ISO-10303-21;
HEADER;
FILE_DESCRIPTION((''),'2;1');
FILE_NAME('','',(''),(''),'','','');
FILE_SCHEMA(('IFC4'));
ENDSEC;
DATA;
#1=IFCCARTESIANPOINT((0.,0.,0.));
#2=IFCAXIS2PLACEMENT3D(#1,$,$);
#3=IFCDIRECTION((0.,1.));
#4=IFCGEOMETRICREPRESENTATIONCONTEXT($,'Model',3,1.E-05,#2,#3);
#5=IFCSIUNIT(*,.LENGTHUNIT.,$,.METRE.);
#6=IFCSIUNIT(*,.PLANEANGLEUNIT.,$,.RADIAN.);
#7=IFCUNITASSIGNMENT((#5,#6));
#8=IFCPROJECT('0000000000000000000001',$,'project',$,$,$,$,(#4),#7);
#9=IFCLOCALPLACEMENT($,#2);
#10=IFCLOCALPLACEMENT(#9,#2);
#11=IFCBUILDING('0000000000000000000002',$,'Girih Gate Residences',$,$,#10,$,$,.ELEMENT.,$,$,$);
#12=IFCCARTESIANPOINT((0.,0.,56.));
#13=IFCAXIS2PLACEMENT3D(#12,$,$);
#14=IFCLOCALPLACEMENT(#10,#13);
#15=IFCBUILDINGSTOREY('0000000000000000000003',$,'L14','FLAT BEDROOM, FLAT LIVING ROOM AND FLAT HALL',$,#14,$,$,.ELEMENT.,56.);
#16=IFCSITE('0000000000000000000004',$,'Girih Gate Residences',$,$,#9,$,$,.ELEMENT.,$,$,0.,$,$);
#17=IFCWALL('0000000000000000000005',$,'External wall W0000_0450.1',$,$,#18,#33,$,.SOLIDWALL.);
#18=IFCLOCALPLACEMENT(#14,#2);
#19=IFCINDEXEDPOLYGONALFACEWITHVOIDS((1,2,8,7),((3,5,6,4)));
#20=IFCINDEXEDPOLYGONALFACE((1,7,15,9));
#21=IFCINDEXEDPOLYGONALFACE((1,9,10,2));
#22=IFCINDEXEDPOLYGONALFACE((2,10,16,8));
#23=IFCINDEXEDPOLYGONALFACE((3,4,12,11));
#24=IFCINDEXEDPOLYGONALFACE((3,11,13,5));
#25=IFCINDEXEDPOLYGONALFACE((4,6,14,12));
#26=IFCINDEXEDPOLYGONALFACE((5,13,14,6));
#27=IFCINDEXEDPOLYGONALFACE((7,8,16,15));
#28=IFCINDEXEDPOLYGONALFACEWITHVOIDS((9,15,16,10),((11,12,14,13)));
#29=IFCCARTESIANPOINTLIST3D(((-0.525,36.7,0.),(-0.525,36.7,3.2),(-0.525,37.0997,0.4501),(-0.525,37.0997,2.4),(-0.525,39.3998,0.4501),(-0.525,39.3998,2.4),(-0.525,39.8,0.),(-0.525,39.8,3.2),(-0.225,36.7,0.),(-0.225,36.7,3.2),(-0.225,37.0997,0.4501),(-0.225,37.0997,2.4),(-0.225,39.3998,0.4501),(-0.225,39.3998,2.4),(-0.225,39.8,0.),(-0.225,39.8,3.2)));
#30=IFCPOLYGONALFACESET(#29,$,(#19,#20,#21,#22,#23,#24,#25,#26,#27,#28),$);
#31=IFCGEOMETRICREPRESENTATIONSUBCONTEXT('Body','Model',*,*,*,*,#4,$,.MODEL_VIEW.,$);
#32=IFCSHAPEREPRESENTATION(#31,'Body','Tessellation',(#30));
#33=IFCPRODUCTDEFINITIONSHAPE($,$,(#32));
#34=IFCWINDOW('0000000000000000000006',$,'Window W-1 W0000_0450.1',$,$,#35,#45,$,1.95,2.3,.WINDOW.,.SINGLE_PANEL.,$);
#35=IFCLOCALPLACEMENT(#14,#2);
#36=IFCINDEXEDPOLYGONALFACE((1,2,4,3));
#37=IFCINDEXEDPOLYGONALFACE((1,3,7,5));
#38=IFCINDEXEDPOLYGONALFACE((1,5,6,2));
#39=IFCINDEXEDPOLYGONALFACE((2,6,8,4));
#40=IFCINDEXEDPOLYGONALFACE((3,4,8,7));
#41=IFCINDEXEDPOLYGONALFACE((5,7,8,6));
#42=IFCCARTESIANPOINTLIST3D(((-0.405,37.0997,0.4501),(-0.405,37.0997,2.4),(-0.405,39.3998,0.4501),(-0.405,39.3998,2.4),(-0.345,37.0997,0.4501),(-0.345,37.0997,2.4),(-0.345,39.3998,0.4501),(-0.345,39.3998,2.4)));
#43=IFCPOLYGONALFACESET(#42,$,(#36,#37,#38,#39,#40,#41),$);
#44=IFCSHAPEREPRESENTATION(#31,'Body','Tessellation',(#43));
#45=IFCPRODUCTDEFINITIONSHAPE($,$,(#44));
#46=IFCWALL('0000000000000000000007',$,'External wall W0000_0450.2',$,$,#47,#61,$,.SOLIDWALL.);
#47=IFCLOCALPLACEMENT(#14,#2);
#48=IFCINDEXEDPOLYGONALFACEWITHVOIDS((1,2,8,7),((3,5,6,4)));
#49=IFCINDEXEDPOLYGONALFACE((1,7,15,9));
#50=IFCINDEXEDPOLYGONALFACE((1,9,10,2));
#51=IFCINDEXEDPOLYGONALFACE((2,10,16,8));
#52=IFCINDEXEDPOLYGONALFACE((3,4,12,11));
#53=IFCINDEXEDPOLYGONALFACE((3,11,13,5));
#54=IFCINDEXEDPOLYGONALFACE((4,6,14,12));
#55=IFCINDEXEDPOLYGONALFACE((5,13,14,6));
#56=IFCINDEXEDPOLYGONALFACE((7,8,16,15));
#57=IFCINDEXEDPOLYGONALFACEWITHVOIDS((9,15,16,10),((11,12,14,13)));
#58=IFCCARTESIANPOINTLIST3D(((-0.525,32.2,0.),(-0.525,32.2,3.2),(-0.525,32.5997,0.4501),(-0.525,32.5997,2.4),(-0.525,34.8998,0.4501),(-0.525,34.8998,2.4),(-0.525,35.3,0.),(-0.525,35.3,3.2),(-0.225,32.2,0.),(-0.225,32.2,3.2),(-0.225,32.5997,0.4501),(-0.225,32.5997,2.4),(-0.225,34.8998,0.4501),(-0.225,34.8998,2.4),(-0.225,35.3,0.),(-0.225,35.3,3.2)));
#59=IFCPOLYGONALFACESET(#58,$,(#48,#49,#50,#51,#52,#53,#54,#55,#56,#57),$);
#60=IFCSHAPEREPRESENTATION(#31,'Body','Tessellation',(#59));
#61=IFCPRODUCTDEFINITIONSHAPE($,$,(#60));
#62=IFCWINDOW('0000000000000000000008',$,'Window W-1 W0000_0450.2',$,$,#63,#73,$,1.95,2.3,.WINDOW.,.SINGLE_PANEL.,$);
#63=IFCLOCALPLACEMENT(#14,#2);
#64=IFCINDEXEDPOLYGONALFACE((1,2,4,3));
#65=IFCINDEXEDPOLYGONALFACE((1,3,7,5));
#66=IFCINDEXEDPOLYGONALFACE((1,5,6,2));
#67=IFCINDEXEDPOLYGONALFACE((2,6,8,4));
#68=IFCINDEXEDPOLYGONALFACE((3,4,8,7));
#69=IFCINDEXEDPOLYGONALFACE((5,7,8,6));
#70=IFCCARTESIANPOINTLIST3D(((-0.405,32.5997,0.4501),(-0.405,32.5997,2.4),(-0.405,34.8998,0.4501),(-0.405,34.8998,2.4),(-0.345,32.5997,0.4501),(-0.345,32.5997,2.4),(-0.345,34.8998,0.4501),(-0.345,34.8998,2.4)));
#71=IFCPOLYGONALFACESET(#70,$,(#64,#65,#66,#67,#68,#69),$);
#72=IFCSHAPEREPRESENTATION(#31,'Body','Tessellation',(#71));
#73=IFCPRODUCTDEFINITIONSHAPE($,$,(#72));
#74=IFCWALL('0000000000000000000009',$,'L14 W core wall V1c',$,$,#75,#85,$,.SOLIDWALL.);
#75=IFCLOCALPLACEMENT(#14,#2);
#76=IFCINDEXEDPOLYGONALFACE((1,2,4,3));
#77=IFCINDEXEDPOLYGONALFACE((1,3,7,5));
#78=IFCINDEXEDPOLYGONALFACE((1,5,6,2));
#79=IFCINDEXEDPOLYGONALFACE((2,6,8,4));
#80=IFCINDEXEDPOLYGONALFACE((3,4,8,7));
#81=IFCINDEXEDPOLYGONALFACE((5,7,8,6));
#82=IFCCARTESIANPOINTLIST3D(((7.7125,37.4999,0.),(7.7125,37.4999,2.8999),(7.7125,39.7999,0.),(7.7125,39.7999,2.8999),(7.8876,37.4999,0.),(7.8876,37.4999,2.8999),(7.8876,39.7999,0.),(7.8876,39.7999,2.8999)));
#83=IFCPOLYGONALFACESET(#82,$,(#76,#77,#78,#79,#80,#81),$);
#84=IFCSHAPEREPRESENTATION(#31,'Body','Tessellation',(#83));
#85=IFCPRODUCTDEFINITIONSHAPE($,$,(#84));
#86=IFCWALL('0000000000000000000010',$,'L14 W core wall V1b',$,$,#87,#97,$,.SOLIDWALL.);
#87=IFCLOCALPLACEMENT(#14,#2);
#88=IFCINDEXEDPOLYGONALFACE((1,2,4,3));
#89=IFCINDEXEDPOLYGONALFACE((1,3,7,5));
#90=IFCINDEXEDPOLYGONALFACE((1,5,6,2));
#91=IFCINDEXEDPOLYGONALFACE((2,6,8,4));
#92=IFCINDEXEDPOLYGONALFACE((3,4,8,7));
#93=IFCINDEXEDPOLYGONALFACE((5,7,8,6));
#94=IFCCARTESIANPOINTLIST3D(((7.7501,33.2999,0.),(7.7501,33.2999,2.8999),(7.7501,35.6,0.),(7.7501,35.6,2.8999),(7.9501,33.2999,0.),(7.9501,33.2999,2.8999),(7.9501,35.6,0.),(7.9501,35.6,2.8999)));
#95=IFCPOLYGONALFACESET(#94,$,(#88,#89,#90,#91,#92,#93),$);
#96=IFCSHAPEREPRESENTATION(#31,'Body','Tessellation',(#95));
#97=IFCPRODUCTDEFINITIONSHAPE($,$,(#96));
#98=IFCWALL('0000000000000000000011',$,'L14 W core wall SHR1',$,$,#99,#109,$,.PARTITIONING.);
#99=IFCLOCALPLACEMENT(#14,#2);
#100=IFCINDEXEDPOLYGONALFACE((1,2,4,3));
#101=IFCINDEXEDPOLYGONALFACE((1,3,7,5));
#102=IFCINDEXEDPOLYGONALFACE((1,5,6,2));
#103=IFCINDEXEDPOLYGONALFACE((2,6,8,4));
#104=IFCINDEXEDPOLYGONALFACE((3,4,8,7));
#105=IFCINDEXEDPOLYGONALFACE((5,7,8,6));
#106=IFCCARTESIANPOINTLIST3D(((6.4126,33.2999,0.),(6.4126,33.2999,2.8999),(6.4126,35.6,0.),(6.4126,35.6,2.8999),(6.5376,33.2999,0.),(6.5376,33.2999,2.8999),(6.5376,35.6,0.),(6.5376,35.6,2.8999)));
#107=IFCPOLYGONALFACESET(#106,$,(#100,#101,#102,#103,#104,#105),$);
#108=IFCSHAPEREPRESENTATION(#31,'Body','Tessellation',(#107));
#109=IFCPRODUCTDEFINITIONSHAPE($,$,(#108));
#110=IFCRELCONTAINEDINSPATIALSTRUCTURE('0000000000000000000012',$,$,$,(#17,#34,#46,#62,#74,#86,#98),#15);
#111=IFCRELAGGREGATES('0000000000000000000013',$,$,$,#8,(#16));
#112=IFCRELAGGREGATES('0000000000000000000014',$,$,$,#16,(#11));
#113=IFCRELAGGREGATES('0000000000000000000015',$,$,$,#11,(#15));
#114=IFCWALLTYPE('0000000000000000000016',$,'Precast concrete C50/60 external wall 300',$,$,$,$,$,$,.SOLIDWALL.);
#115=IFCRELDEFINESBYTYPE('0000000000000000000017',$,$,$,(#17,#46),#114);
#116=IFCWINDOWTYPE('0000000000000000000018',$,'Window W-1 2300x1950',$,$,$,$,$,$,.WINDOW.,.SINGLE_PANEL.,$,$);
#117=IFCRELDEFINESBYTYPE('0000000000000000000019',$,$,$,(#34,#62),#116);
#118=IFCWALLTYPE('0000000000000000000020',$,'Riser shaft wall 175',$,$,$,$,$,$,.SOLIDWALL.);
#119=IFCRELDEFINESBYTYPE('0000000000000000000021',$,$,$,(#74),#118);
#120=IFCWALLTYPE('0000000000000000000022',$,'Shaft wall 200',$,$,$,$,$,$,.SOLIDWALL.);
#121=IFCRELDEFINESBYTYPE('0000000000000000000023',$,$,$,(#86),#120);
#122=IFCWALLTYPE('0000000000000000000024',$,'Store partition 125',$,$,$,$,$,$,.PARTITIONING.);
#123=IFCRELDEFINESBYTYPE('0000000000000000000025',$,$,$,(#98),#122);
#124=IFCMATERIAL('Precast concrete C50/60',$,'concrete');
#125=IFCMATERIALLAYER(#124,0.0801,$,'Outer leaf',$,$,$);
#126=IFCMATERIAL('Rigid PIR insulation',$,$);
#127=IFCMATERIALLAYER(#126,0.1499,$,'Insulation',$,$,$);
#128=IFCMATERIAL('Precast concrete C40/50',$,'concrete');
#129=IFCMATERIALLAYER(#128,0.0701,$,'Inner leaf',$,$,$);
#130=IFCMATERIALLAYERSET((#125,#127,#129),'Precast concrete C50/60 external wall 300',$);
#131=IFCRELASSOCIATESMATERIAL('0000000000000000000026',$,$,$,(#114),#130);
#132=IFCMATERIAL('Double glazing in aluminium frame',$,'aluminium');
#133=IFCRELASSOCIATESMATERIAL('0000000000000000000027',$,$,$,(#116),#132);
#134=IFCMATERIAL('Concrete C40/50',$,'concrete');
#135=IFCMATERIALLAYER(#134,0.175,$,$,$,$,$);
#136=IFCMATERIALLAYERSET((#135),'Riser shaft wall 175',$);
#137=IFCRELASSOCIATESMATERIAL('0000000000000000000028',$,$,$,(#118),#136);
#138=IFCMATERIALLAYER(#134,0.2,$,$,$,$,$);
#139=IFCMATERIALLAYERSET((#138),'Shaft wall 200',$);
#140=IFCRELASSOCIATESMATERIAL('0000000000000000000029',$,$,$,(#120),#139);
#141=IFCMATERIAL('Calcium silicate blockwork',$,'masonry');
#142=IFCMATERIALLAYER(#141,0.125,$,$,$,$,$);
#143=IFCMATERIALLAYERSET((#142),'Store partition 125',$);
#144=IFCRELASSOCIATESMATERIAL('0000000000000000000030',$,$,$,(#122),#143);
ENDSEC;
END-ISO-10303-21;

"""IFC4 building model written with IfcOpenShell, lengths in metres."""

from ifc_helpers import new_model, si_unit, direction, frame, frame_2d, origin, place, context, subcontext, project, spatial, rectangle, extrude, material, layer, layer_set, type_object, element, fill, save


model = new_model("IFC4")

# Units and contexts
model_context = context("Model", 3, precision=1e-05, world=origin(), true_north=direction((0.0, 1.0)))
body_context = subcontext(model_context, "Body", "Model", "MODEL_VIEW")
ifc_project = project(units=[si_unit("LENGTHUNIT", "METRE"), si_unit("PLANEANGLEUNIT", "RADIAN")], contexts=[model_context])

# Site, building, storey
site_placement = place(None, origin())
site = spatial("IfcSite", under=ifc_project, at=site_placement, Name="Girih Gate Residences", CompositionType="ELEMENT", RefElevation=0.0)
building_placement = place(site_placement, origin())
building = spatial("IfcBuilding", under=site, at=building_placement, Name="Girih Gate Residences", CompositionType="ELEMENT")
storey_placement = place(building_placement, frame((0.0, 0.0, 56.0)))
storey = spatial("IfcBuildingStorey", under=building, at=storey_placement, Name="L14", Description="FLAT BEDROOM, FLAT LIVING ROOM AND FLAT HALL", CompositionType="ELEMENT", Elevation=56.0)

# Shared definitions
ifc_material_1 = material(Name="Concrete C40/50", Category="concrete")

# Walls, openings, windows
ifc_material_2 = material(Name="Precast concrete C50/60", Category="concrete")
ifc_layer_1 = layer(ifc_material_2, 0.0801, Name="Outer leaf")
ifc_material_3 = material(Name="Rigid PIR insulation")
ifc_layer_2 = layer(ifc_material_3, 0.1499, Name="Insulation")
ifc_material_4 = material(Name="Precast concrete C40/50", Category="concrete")
ifc_layer_3 = layer(ifc_material_4, 0.0701, Name="Inner leaf")
ifc_layer_set_1 = layer_set([ifc_layer_1, ifc_layer_2, ifc_layer_3], Name="Precast concrete C50/60 external wall 300")
wall_type_1 = type_object("IfcWallType", Name="Precast concrete C50/60 external wall 300", PredefinedType="SOLIDWALL", material=ifc_layer_set_1)
wall_1_placement = place(storey_placement, frame((-0.375, 36.7, 0.0), z_axis=(0.0, 0.0, 1.0), x_axis=(0.0, 1.0, 0.0)))
wall_1 = element("IfcWall", 1, at=wall_1_placement, inside=storey, type_object=wall_type_1, Name="External wall W0000_0450.1", PredefinedType="SOLIDWALL", context=body_context, shape_type="SweptSolid", body=[
    extrude(rectangle(XDim=3.1001, YDim=0.3, at=frame_2d((1.55, 0.0))), origin(), (0.0, 0.0, 1.0), 3.2),
])
opening_1_placement = place(wall_1_placement, frame((0.3999, 0.0, 0.45)))
opening_1 = element("IfcOpeningElement", 2, at=opening_1_placement, cuts=wall_1, PredefinedType="OPENING", context=body_context, shape_type="SweptSolid", body=[
    extrude(rectangle(XDim=2.3, YDim=1.95, at=frame_2d((1.1499, 0.9751))), frame((0.0, 0.1599, 0.0), z_axis=(0.0, -1.0, 0.0), x_axis=(1.0, 0.0, 0.0)), (0.0, 0.0, 1.0), 0.3201),
])
ifc_material_5 = material(Name="Double glazing in aluminium frame", Category="aluminium")
window_type = type_object("IfcWindowType", Name="Window W-1 2300x1950", PartitioningType="SINGLE_PANEL", PredefinedType="WINDOW", material=ifc_material_5)
window_1_placement = place(opening_1_placement, origin())
window_1 = element("IfcWindow", 3, at=window_1_placement, inside=storey, type_object=window_type, Name="Window W-1 W0000_0450.1", OverallHeight=1.95, OverallWidth=2.3, PartitioningType="SINGLE_PANEL", PredefinedType="WINDOW", context=body_context, shape_type="SweptSolid", body=[
    extrude(rectangle(XDim=2.3, YDim=1.95, at=frame_2d((1.1499, 0.9751))), frame((0.0, 0.03, 0.0), z_axis=(0.0, -1.0, 0.0), x_axis=(1.0, 0.0, 0.0)), (0.0, 0.0, 1.0), 0.0601),
])
fill(opening_1, window_1)
wall_2_placement = place(storey_placement, frame((-0.375, 32.2, 0.0), z_axis=(0.0, 0.0, 1.0), x_axis=(0.0, 1.0, 0.0)))
wall_2 = element("IfcWall", 4, at=wall_2_placement, inside=storey, type_object=wall_type_1, Name="External wall W0000_0450.2", PredefinedType="SOLIDWALL", context=body_context, shape_type="SweptSolid", body=[
    extrude(rectangle(XDim=3.1001, YDim=0.3, at=frame_2d((1.55, 0.0))), origin(), (0.0, 0.0, 1.0), 3.2),
])
opening_2_placement = place(wall_2_placement, frame((0.3999, 0.0, 0.45)))
opening_2 = element("IfcOpeningElement", 5, at=opening_2_placement, cuts=wall_2, PredefinedType="OPENING", context=body_context, shape_type="SweptSolid", body=[
    extrude(rectangle(XDim=2.3, YDim=1.95, at=frame_2d((1.1499, 0.9751))), frame((0.0, 0.1599, 0.0), z_axis=(0.0, -1.0, 0.0), x_axis=(1.0, 0.0, 0.0)), (0.0, 0.0, 1.0), 0.3201),
])
window_2_placement = place(opening_2_placement, origin())
window_2 = element("IfcWindow", 6, at=window_2_placement, inside=storey, type_object=window_type, Name="Window W-1 W0000_0450.2", OverallHeight=1.95, OverallWidth=2.3, PartitioningType="SINGLE_PANEL", PredefinedType="WINDOW", context=body_context, shape_type="SweptSolid", body=[
    extrude(rectangle(XDim=2.3, YDim=1.95, at=frame_2d((1.1499, 0.9751))), frame((0.0, 0.03, 0.0), z_axis=(0.0, -1.0, 0.0), x_axis=(1.0, 0.0, 0.0)), (0.0, 0.0, 1.0), 0.0601),
])
fill(opening_2, window_2)

# Walls
ifc_layer_4 = layer(ifc_material_1, 0.175)
ifc_layer_set_2 = layer_set([ifc_layer_4], Name="Riser shaft wall 175")
wall_type_2 = type_object("IfcWallType", Name="Riser shaft wall 175", PredefinedType="SOLIDWALL", material=ifc_layer_set_2)
wall_3_placement = place(storey_placement, frame((7.8, 37.5, 0.0), z_axis=(0.0, 0.0, 1.0), x_axis=(0.0, 1.0, 0.0)))
element("IfcWall", 7, at=wall_3_placement, inside=storey, type_object=wall_type_2, Name="L14 W core wall V1c", PredefinedType="SOLIDWALL", context=body_context, shape_type="SweptSolid", body=[
    extrude(rectangle(XDim=2.3, YDim=0.175, at=frame_2d((1.1499, 0.0))), origin(), (0.0, 0.0, 1.0), 2.8999),
])
ifc_layer_5 = layer(ifc_material_1, 0.2)
ifc_layer_set_3 = layer_set([ifc_layer_5], Name="Shaft wall 200")
wall_type_3 = type_object("IfcWallType", Name="Shaft wall 200", PredefinedType="SOLIDWALL", material=ifc_layer_set_3)
wall_4_placement = place(storey_placement, frame((7.8501, 33.3, 0.0), z_axis=(0.0, 0.0, 1.0), x_axis=(0.0, 1.0, 0.0)))
element("IfcWall", 8, at=wall_4_placement, inside=storey, type_object=wall_type_3, Name="L14 W core wall V1b", PredefinedType="SOLIDWALL", context=body_context, shape_type="SweptSolid", body=[
    extrude(rectangle(XDim=2.3, YDim=0.2, at=frame_2d((1.1499, 0.0))), origin(), (0.0, 0.0, 1.0), 2.8999),
])
ifc_material_6 = material(Name="Calcium silicate blockwork", Category="masonry")
ifc_layer_6 = layer(ifc_material_6, 0.125)
ifc_layer_set_4 = layer_set([ifc_layer_6], Name="Store partition 125")
wall_type_4 = type_object("IfcWallType", Name="Store partition 125", PredefinedType="PARTITIONING", material=ifc_layer_set_4)
wall_5_placement = place(storey_placement, frame((6.4751, 33.3, 0.0), z_axis=(0.0, 0.0, 1.0), x_axis=(0.0, 1.0, 0.0)))
element("IfcWall", 9, at=wall_5_placement, inside=storey, type_object=wall_type_4, Name="L14 W core wall SHR1", PredefinedType="PARTITIONING", context=body_context, shape_type="SweptSolid", body=[
    extrude(rectangle(XDim=2.3, YDim=0.125, at=frame_2d((1.1499, 0.0))), origin(), (0.0, 0.0, 1.0), 2.8999),
])

save(model, "model.ifc")
